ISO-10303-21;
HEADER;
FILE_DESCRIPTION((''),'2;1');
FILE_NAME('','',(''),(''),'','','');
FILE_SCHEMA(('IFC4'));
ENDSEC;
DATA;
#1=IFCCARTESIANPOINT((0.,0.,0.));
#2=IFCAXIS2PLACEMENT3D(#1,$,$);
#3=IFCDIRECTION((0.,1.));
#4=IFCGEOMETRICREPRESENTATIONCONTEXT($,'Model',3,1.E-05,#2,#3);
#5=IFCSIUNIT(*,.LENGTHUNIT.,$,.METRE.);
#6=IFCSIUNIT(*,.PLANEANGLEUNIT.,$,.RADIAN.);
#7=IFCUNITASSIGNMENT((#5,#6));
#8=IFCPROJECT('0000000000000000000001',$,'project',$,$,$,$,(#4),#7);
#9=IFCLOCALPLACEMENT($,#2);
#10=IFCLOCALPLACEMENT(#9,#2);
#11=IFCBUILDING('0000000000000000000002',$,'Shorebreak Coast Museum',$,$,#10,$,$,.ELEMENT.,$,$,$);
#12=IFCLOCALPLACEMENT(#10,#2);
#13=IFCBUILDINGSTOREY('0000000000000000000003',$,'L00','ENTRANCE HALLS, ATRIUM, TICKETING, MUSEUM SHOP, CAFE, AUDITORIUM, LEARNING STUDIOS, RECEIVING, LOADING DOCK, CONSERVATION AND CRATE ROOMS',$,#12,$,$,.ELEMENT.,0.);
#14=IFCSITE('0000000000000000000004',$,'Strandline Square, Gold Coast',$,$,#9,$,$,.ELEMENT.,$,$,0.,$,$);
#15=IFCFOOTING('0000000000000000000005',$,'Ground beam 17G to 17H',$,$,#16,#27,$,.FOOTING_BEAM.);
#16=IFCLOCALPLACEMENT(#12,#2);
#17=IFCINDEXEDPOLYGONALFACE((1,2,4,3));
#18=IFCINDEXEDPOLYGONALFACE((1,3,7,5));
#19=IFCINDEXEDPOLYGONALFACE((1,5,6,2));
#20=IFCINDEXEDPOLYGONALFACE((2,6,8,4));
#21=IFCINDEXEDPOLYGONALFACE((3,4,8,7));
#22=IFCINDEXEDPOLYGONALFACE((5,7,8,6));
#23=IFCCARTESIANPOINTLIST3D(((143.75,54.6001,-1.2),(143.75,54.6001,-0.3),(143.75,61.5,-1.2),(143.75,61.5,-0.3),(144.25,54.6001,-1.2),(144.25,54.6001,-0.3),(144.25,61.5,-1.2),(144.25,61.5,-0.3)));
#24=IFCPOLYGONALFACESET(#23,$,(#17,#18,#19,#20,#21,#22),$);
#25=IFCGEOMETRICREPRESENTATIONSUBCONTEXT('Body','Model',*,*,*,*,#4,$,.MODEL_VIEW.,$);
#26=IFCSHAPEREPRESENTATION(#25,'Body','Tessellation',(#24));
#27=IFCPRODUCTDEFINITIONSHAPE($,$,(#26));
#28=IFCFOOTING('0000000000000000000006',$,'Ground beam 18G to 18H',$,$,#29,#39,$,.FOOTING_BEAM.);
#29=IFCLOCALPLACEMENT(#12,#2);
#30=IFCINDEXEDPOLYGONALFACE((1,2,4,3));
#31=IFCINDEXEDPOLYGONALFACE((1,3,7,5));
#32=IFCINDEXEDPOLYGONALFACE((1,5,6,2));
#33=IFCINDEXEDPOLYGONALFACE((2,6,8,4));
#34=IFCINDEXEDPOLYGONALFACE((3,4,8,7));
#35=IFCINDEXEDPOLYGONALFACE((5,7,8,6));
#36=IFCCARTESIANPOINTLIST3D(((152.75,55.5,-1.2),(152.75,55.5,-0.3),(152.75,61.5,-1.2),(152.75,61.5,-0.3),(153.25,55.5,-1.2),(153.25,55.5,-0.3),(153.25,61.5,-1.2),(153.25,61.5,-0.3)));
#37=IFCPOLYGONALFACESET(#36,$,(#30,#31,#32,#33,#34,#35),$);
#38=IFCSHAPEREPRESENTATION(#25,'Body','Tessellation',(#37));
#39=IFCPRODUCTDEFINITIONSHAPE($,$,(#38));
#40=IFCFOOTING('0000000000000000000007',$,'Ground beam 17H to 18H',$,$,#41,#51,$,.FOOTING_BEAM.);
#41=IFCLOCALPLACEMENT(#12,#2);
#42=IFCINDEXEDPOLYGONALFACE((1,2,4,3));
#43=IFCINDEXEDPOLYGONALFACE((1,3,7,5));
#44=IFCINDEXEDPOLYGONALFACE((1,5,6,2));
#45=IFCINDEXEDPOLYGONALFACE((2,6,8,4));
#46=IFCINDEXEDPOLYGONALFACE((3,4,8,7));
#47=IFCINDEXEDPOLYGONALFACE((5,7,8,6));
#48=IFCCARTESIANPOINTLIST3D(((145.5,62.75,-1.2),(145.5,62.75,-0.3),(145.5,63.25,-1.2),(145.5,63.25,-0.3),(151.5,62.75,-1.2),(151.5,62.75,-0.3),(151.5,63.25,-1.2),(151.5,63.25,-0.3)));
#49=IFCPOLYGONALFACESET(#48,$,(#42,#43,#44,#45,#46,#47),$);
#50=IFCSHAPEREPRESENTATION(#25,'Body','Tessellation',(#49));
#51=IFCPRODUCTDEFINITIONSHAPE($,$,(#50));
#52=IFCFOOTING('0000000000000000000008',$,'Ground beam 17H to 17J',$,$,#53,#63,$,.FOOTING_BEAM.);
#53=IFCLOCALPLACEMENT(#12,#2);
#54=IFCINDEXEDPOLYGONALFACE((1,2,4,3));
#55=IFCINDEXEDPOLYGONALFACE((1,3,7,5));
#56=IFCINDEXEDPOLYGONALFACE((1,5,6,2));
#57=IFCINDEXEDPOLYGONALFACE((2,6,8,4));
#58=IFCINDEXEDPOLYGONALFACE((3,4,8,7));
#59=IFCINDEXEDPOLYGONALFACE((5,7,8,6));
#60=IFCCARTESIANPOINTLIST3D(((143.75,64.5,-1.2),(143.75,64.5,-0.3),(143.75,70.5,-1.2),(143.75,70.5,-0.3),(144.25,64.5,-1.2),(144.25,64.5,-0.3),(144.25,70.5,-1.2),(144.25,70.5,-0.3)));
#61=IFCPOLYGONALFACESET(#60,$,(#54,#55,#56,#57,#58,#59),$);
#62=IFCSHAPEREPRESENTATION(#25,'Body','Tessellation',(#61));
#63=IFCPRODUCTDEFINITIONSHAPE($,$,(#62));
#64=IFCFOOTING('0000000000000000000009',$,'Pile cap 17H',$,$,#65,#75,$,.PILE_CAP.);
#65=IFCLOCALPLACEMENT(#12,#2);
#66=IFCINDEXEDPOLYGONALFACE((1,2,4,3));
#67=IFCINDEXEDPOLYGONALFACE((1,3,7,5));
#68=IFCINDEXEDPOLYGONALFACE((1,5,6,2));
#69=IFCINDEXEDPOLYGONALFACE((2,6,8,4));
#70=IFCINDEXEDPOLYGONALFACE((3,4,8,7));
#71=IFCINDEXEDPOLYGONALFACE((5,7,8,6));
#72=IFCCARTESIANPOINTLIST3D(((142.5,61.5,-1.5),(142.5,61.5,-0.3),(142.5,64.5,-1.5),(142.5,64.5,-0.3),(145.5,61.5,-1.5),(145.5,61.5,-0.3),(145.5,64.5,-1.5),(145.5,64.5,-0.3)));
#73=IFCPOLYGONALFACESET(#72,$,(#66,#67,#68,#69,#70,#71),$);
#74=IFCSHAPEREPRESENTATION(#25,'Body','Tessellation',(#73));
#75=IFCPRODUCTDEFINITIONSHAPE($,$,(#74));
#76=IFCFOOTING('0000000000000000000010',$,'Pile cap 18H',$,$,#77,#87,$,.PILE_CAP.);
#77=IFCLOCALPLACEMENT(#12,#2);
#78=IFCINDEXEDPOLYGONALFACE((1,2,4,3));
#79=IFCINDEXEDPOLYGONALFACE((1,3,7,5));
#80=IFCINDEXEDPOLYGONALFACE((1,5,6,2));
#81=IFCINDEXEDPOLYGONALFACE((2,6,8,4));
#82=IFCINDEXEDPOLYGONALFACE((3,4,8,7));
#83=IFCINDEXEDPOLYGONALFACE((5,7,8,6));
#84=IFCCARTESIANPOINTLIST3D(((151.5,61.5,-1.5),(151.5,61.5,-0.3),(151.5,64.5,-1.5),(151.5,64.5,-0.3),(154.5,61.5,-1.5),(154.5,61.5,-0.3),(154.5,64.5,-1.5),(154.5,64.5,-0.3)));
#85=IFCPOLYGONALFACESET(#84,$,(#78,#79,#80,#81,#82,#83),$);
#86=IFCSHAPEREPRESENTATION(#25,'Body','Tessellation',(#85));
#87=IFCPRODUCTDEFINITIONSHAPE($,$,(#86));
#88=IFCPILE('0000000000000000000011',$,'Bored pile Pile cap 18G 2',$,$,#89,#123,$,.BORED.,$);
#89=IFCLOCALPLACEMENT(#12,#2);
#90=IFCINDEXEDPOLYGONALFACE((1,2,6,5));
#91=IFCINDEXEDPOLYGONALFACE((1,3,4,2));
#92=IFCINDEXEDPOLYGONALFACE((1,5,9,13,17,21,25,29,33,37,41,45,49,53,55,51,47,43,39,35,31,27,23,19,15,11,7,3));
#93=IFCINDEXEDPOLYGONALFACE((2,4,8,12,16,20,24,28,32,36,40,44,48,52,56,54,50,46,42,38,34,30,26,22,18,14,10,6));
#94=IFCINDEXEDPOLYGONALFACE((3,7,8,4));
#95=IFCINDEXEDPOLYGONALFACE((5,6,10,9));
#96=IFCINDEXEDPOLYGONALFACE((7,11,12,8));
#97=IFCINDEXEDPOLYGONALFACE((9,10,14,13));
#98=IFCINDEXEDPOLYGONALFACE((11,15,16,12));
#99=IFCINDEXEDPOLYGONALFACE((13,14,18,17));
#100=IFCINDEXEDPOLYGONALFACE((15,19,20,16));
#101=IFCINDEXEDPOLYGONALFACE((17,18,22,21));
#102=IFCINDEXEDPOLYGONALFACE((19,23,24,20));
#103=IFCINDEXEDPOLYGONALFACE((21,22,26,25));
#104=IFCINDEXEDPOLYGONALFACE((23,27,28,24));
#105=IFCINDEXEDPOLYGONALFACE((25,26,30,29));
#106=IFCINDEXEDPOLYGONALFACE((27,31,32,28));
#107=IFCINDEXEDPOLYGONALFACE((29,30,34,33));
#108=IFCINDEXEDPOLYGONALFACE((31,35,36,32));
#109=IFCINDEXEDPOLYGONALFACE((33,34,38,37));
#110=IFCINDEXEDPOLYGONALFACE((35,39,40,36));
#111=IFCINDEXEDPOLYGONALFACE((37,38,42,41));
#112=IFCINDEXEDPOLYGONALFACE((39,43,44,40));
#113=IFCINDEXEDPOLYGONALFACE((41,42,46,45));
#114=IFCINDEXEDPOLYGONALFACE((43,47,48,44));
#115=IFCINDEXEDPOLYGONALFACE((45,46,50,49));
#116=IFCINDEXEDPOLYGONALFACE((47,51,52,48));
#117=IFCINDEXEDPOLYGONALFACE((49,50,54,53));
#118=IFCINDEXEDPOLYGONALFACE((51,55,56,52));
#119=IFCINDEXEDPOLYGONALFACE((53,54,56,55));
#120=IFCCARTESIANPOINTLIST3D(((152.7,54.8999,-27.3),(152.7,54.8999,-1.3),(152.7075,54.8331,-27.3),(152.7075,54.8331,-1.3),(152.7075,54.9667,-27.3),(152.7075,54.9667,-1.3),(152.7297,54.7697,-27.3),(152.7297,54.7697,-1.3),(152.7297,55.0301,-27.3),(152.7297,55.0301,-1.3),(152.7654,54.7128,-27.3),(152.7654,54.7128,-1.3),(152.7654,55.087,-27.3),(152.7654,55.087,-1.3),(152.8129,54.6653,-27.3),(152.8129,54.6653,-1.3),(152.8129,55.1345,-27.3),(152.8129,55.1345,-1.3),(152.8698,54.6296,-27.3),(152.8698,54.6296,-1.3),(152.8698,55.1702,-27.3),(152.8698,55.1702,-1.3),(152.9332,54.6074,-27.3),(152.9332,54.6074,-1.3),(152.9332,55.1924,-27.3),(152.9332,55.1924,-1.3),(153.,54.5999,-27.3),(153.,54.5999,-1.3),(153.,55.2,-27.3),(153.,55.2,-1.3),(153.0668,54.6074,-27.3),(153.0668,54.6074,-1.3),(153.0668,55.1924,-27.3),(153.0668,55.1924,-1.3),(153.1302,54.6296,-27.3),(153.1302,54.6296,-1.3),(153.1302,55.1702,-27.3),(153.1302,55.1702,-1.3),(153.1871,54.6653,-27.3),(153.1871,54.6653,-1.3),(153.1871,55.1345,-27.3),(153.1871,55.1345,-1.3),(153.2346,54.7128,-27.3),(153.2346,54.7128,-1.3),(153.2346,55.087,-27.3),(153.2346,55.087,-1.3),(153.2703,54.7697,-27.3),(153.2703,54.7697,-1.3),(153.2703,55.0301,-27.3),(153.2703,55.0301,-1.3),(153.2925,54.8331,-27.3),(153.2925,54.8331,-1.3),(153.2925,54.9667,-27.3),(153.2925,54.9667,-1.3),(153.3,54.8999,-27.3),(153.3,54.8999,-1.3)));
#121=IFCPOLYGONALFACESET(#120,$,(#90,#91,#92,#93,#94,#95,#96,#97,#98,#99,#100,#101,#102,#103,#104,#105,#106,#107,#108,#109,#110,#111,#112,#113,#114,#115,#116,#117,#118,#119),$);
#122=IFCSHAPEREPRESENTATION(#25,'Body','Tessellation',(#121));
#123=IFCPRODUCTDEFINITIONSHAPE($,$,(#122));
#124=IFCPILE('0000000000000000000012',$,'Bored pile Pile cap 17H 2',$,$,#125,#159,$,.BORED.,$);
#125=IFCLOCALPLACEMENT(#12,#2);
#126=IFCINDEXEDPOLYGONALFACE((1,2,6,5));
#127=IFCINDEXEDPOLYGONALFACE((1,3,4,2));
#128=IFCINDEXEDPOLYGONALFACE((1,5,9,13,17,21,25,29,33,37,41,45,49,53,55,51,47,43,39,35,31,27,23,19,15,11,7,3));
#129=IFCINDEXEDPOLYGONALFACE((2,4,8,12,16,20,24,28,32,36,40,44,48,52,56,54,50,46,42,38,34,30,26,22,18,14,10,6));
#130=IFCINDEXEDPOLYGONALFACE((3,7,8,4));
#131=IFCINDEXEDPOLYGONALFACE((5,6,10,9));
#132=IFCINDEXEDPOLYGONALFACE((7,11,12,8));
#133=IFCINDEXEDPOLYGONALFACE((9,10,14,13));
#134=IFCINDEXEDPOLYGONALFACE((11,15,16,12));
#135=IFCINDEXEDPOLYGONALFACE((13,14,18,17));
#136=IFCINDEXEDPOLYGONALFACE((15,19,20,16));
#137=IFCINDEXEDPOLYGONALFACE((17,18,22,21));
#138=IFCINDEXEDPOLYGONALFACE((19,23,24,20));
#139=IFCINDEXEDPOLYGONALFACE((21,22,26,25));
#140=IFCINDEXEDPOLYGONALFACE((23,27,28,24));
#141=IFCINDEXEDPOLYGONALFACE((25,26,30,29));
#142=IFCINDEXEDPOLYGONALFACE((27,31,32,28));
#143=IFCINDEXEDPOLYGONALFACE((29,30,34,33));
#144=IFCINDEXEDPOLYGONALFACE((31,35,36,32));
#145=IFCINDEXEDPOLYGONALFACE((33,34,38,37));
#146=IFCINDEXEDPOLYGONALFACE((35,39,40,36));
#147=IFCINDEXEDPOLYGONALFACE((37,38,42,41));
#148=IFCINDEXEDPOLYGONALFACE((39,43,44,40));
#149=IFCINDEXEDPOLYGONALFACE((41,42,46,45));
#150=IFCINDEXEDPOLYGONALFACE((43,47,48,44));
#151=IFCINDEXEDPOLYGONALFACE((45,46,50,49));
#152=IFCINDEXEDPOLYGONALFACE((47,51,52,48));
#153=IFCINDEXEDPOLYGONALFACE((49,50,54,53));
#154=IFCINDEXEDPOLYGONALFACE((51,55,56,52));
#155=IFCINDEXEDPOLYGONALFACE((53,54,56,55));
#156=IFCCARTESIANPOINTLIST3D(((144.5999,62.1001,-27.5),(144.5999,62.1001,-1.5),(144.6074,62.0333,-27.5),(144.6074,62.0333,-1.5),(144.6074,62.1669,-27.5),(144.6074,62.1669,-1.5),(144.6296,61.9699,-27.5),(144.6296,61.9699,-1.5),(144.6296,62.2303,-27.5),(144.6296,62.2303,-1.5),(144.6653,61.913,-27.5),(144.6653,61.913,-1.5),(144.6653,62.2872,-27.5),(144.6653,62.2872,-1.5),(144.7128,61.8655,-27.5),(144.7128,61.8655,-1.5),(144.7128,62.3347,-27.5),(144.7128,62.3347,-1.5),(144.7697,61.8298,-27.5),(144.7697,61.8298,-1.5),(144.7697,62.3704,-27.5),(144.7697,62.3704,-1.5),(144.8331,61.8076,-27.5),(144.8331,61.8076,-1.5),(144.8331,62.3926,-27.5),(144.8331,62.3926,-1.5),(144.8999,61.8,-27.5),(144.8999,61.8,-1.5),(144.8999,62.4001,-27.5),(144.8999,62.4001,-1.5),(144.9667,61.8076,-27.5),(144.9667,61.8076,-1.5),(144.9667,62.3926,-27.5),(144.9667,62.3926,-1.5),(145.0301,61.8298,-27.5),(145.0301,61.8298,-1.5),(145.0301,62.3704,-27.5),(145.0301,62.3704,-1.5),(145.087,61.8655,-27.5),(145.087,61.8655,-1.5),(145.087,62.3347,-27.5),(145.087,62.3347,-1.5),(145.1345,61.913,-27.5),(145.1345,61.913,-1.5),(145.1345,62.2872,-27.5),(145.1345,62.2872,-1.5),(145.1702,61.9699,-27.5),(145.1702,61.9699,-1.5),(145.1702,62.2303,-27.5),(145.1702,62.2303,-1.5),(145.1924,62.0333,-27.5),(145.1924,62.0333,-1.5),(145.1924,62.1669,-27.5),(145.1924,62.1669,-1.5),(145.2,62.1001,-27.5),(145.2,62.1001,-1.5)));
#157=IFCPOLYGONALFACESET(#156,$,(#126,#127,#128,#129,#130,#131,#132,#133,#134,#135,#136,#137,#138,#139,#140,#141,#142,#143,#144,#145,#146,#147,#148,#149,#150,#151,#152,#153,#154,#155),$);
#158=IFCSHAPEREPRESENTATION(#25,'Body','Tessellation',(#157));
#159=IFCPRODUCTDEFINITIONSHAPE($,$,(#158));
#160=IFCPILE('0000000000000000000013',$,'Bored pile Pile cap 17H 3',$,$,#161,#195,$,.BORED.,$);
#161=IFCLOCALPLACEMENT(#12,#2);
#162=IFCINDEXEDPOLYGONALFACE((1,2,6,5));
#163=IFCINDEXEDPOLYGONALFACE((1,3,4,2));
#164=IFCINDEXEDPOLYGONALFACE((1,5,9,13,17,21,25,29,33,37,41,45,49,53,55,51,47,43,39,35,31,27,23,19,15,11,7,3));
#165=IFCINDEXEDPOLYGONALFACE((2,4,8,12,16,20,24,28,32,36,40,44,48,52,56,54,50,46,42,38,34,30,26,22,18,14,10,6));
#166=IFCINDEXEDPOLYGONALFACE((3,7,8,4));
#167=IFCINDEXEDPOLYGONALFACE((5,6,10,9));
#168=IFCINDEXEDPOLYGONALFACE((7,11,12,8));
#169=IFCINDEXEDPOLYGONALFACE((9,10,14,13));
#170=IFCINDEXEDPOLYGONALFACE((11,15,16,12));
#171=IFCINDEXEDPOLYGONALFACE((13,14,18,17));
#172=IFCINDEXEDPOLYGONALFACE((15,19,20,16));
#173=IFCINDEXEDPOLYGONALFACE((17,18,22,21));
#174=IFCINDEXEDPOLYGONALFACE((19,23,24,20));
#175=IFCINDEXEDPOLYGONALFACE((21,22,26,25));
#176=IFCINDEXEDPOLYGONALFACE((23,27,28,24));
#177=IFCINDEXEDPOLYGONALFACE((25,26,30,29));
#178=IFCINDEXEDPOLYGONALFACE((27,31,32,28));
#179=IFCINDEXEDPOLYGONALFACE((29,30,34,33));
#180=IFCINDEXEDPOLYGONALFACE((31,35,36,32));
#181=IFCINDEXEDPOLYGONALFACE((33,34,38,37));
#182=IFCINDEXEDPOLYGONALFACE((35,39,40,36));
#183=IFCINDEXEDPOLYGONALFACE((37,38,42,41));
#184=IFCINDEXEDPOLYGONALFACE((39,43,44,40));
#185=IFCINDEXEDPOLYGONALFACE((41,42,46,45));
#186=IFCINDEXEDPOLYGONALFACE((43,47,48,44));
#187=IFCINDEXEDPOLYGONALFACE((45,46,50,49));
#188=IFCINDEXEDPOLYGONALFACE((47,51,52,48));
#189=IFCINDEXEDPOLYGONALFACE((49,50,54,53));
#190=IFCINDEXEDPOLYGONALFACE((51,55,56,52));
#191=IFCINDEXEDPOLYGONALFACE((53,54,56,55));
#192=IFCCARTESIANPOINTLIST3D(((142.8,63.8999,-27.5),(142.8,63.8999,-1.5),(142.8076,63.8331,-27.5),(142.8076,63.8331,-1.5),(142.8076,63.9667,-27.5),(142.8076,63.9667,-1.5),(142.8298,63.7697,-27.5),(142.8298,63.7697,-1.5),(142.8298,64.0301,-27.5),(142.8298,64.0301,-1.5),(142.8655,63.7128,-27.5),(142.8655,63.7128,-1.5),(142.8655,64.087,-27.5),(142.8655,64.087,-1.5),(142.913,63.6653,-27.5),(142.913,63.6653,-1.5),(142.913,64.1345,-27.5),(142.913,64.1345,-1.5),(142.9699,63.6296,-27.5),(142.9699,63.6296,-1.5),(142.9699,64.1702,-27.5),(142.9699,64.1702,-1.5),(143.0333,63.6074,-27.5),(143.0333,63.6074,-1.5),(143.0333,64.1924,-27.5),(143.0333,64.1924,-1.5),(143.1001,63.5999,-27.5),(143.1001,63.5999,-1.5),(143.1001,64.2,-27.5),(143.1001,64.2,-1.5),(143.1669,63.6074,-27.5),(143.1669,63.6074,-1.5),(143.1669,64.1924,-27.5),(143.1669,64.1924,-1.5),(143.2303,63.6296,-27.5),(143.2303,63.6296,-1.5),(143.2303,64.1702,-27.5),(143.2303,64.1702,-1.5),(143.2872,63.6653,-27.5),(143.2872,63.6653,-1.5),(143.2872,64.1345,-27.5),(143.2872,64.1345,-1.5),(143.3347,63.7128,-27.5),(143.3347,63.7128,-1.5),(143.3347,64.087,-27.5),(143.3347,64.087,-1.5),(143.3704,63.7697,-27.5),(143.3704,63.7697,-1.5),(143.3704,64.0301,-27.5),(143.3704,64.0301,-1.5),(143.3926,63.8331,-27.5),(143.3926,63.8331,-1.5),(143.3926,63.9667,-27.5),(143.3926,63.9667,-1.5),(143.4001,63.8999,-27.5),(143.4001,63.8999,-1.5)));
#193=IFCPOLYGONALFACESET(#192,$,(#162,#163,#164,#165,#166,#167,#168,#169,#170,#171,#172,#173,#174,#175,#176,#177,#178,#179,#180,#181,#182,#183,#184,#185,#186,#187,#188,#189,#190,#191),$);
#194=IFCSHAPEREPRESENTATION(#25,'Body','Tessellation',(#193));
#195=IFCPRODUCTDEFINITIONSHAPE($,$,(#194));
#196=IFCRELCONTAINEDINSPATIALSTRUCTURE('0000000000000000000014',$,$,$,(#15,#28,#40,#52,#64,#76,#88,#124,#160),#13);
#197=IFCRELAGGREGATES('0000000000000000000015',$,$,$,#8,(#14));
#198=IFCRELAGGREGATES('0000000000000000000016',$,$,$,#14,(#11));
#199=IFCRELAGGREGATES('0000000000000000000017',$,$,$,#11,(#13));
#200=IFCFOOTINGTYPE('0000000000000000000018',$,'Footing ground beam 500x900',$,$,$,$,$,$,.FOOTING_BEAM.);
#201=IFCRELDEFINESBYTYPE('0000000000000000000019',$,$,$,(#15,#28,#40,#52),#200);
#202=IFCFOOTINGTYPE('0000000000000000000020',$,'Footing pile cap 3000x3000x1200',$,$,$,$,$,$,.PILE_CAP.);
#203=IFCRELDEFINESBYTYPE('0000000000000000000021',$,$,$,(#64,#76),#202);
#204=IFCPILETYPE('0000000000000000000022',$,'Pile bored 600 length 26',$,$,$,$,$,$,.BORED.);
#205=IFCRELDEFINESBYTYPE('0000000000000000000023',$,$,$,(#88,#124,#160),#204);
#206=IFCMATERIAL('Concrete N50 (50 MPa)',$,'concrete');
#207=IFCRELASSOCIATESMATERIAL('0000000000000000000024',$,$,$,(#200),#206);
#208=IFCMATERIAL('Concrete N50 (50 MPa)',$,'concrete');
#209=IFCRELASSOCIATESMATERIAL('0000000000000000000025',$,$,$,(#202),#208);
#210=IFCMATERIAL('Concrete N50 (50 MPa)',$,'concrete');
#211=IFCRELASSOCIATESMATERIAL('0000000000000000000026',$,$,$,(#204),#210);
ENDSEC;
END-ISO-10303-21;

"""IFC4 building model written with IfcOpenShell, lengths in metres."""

from ifc_helpers import new_model, si_unit, direction, frame, origin, origin_2d, place, context, subcontext, project, spatial, rectangle, circle, extrude, material, material_profile, profile_set, type_object, element, save


model = new_model("IFC4")

# Units and contexts
model_context = context("Model", 3, precision=1e-05, world=origin(), true_north=direction((0.0, 1.0)))
body_context = subcontext(model_context, "Body", "Model", "MODEL_VIEW")
ifc_project = project(units=[si_unit("LENGTHUNIT", "METRE"), si_unit("PLANEANGLEUNIT", "RADIAN")], contexts=[model_context])

# Site, building, storey
site_placement = place(None, origin())
site = spatial("IfcSite", under=ifc_project, at=site_placement, Name="Strandline Square, Gold Coast", CompositionType="ELEMENT", RefElevation=0.0)
building_placement = place(site_placement, origin())
building = spatial("IfcBuilding", under=site, at=building_placement, Name="Shorebreak Coast Museum", CompositionType="ELEMENT")
storey_placement = place(building_placement, origin())
storey = spatial("IfcBuildingStorey", under=building, at=storey_placement, Name="L00", Description="ENTRANCE HALLS, ATRIUM, TICKETING, MUSEUM SHOP, CAFE, AUDITORIUM, LEARNING STUDIOS, RECEIVING, LOADING DOCK, CONSERVATION AND CRATE ROOMS", CompositionType="ELEMENT", Elevation=0.0)

# Footings
ifc_material_1 = material(Name="Concrete N50 (50 MPa)", Category="concrete")
footing_type_1 = type_object("IfcFootingType", Name="Footing ground beam 500x900", PredefinedType="FOOTING_BEAM", material=ifc_material_1)
footing_1_placement = place(storey_placement, frame((144.0, 58.05, -1.2), z_axis=(0.0, 0.0, 1.0), x_axis=(1.0, 0.0, 0.0)))
element("IfcFooting", 1, at=footing_1_placement, inside=storey, type_object=footing_type_1, Name="Ground beam 17G to 17H", PredefinedType="FOOTING_BEAM", context=body_context, shape_type="SweptSolid", body=[
    extrude(rectangle(XDim=0.5, YDim=6.8999, at=origin_2d()), origin(), (0.0, 0.0, 1.0), 0.8999),
])
footing_2_placement = place(storey_placement, frame((153.0, 58.5, -1.2), z_axis=(0.0, 0.0, 1.0), x_axis=(1.0, 0.0, 0.0)))
element("IfcFooting", 2, at=footing_2_placement, inside=storey, type_object=footing_type_1, Name="Ground beam 18G to 18H", PredefinedType="FOOTING_BEAM", context=body_context, shape_type="SweptSolid", body=[
    extrude(rectangle(XDim=0.5, YDim=6.0, at=origin_2d()), origin(), (0.0, 0.0, 1.0), 0.8999),
])
footing_3_placement = place(storey_placement, frame((148.5, 63.0, -1.2), z_axis=(0.0, 0.0, 1.0), x_axis=(1.0, 0.0, 0.0)))
element("IfcFooting", 3, at=footing_3_placement, inside=storey, type_object=footing_type_1, Name="Ground beam 17H to 18H", PredefinedType="FOOTING_BEAM", context=body_context, shape_type="SweptSolid", body=[
    extrude(rectangle(XDim=6.0, YDim=0.5, at=origin_2d()), origin(), (0.0, 0.0, 1.0), 0.8999),
])
footing_4_placement = place(storey_placement, frame((144.0, 67.5, -1.2), z_axis=(0.0, 0.0, 1.0), x_axis=(1.0, 0.0, 0.0)))
element("IfcFooting", 4, at=footing_4_placement, inside=storey, type_object=footing_type_1, Name="Ground beam 17H to 17J", PredefinedType="FOOTING_BEAM", context=body_context, shape_type="SweptSolid", body=[
    extrude(rectangle(XDim=0.5, YDim=6.0, at=origin_2d()), origin(), (0.0, 0.0, 1.0), 0.8999),
])
ifc_material_2 = material(Name="Concrete N50 (50 MPa)", Category="concrete")
footing_type_2 = type_object("IfcFootingType", Name="Footing pile cap 3000x3000x1200", PredefinedType="PILE_CAP", material=ifc_material_2)
for number, where, z_axis, x_axis, name in (
    (5, (144.0, 63.0, -1.5), (0.0, 0.0, 1.0), (1.0, 0.0, 0.0), "Pile cap 17H"),
    (6, (153.0, 63.0, -1.5), (0.0, 0.0, 1.0), (1.0, 0.0, 0.0), "Pile cap 18H"),
):
    element("IfcFooting", number, at=place(storey_placement, frame(where, z_axis=z_axis, x_axis=x_axis)), inside=storey, type_object=footing_type_2, Name=name, PredefinedType="PILE_CAP", context=body_context, shape_type="SweptSolid", body=[
        extrude(rectangle(XDim=3.0, YDim=3.0, at=origin_2d()), origin(), (0.0, 0.0, 1.0), 1.2),
    ])

# Piles
ifc_material_3 = material(Name="Concrete N50 (50 MPa)", Category="concrete")
ifc_material_profile_1 = material_profile(ifc_material_3, circle(Radius=0.3, at=origin_2d()), Name="Pile bored 600 length 26")
ifc_profile_set_1 = profile_set([ifc_material_profile_1], Name="Concrete N50 (50 MPa)")
pile_type = type_object("IfcPileType", Name="Pile bored 600 length 26", PredefinedType="BORED", material=ifc_profile_set_1)
for number, where, z_axis, x_axis, name in (
    (7, (153.0, 54.8999, -1.3), (0.0, 0.0, -1.0), (1.0, 0.0, 0.0), "Bored pile Pile cap 18G 2"),
    (8, (144.8999, 62.1001, -1.5), (0.0, 0.0, -1.0), (1.0, 0.0, 0.0), "Bored pile Pile cap 17H 2"),
    (9, (143.1001, 63.8999, -1.5), (0.0, 0.0, -1.0), (1.0, 0.0, 0.0), "Bored pile Pile cap 17H 3"),
):
    element("IfcPile", number, at=place(storey_placement, frame(where, z_axis=z_axis, x_axis=x_axis)), inside=storey, type_object=pile_type, Name=name, PredefinedType="BORED", context=body_context, shape_type="SweptSolid", body=[
        extrude(circle(Radius=0.3, at=origin_2d()), origin(), (0.0, 0.0, 1.0), 26.0),
    ])

save(model, "model.ifc")
